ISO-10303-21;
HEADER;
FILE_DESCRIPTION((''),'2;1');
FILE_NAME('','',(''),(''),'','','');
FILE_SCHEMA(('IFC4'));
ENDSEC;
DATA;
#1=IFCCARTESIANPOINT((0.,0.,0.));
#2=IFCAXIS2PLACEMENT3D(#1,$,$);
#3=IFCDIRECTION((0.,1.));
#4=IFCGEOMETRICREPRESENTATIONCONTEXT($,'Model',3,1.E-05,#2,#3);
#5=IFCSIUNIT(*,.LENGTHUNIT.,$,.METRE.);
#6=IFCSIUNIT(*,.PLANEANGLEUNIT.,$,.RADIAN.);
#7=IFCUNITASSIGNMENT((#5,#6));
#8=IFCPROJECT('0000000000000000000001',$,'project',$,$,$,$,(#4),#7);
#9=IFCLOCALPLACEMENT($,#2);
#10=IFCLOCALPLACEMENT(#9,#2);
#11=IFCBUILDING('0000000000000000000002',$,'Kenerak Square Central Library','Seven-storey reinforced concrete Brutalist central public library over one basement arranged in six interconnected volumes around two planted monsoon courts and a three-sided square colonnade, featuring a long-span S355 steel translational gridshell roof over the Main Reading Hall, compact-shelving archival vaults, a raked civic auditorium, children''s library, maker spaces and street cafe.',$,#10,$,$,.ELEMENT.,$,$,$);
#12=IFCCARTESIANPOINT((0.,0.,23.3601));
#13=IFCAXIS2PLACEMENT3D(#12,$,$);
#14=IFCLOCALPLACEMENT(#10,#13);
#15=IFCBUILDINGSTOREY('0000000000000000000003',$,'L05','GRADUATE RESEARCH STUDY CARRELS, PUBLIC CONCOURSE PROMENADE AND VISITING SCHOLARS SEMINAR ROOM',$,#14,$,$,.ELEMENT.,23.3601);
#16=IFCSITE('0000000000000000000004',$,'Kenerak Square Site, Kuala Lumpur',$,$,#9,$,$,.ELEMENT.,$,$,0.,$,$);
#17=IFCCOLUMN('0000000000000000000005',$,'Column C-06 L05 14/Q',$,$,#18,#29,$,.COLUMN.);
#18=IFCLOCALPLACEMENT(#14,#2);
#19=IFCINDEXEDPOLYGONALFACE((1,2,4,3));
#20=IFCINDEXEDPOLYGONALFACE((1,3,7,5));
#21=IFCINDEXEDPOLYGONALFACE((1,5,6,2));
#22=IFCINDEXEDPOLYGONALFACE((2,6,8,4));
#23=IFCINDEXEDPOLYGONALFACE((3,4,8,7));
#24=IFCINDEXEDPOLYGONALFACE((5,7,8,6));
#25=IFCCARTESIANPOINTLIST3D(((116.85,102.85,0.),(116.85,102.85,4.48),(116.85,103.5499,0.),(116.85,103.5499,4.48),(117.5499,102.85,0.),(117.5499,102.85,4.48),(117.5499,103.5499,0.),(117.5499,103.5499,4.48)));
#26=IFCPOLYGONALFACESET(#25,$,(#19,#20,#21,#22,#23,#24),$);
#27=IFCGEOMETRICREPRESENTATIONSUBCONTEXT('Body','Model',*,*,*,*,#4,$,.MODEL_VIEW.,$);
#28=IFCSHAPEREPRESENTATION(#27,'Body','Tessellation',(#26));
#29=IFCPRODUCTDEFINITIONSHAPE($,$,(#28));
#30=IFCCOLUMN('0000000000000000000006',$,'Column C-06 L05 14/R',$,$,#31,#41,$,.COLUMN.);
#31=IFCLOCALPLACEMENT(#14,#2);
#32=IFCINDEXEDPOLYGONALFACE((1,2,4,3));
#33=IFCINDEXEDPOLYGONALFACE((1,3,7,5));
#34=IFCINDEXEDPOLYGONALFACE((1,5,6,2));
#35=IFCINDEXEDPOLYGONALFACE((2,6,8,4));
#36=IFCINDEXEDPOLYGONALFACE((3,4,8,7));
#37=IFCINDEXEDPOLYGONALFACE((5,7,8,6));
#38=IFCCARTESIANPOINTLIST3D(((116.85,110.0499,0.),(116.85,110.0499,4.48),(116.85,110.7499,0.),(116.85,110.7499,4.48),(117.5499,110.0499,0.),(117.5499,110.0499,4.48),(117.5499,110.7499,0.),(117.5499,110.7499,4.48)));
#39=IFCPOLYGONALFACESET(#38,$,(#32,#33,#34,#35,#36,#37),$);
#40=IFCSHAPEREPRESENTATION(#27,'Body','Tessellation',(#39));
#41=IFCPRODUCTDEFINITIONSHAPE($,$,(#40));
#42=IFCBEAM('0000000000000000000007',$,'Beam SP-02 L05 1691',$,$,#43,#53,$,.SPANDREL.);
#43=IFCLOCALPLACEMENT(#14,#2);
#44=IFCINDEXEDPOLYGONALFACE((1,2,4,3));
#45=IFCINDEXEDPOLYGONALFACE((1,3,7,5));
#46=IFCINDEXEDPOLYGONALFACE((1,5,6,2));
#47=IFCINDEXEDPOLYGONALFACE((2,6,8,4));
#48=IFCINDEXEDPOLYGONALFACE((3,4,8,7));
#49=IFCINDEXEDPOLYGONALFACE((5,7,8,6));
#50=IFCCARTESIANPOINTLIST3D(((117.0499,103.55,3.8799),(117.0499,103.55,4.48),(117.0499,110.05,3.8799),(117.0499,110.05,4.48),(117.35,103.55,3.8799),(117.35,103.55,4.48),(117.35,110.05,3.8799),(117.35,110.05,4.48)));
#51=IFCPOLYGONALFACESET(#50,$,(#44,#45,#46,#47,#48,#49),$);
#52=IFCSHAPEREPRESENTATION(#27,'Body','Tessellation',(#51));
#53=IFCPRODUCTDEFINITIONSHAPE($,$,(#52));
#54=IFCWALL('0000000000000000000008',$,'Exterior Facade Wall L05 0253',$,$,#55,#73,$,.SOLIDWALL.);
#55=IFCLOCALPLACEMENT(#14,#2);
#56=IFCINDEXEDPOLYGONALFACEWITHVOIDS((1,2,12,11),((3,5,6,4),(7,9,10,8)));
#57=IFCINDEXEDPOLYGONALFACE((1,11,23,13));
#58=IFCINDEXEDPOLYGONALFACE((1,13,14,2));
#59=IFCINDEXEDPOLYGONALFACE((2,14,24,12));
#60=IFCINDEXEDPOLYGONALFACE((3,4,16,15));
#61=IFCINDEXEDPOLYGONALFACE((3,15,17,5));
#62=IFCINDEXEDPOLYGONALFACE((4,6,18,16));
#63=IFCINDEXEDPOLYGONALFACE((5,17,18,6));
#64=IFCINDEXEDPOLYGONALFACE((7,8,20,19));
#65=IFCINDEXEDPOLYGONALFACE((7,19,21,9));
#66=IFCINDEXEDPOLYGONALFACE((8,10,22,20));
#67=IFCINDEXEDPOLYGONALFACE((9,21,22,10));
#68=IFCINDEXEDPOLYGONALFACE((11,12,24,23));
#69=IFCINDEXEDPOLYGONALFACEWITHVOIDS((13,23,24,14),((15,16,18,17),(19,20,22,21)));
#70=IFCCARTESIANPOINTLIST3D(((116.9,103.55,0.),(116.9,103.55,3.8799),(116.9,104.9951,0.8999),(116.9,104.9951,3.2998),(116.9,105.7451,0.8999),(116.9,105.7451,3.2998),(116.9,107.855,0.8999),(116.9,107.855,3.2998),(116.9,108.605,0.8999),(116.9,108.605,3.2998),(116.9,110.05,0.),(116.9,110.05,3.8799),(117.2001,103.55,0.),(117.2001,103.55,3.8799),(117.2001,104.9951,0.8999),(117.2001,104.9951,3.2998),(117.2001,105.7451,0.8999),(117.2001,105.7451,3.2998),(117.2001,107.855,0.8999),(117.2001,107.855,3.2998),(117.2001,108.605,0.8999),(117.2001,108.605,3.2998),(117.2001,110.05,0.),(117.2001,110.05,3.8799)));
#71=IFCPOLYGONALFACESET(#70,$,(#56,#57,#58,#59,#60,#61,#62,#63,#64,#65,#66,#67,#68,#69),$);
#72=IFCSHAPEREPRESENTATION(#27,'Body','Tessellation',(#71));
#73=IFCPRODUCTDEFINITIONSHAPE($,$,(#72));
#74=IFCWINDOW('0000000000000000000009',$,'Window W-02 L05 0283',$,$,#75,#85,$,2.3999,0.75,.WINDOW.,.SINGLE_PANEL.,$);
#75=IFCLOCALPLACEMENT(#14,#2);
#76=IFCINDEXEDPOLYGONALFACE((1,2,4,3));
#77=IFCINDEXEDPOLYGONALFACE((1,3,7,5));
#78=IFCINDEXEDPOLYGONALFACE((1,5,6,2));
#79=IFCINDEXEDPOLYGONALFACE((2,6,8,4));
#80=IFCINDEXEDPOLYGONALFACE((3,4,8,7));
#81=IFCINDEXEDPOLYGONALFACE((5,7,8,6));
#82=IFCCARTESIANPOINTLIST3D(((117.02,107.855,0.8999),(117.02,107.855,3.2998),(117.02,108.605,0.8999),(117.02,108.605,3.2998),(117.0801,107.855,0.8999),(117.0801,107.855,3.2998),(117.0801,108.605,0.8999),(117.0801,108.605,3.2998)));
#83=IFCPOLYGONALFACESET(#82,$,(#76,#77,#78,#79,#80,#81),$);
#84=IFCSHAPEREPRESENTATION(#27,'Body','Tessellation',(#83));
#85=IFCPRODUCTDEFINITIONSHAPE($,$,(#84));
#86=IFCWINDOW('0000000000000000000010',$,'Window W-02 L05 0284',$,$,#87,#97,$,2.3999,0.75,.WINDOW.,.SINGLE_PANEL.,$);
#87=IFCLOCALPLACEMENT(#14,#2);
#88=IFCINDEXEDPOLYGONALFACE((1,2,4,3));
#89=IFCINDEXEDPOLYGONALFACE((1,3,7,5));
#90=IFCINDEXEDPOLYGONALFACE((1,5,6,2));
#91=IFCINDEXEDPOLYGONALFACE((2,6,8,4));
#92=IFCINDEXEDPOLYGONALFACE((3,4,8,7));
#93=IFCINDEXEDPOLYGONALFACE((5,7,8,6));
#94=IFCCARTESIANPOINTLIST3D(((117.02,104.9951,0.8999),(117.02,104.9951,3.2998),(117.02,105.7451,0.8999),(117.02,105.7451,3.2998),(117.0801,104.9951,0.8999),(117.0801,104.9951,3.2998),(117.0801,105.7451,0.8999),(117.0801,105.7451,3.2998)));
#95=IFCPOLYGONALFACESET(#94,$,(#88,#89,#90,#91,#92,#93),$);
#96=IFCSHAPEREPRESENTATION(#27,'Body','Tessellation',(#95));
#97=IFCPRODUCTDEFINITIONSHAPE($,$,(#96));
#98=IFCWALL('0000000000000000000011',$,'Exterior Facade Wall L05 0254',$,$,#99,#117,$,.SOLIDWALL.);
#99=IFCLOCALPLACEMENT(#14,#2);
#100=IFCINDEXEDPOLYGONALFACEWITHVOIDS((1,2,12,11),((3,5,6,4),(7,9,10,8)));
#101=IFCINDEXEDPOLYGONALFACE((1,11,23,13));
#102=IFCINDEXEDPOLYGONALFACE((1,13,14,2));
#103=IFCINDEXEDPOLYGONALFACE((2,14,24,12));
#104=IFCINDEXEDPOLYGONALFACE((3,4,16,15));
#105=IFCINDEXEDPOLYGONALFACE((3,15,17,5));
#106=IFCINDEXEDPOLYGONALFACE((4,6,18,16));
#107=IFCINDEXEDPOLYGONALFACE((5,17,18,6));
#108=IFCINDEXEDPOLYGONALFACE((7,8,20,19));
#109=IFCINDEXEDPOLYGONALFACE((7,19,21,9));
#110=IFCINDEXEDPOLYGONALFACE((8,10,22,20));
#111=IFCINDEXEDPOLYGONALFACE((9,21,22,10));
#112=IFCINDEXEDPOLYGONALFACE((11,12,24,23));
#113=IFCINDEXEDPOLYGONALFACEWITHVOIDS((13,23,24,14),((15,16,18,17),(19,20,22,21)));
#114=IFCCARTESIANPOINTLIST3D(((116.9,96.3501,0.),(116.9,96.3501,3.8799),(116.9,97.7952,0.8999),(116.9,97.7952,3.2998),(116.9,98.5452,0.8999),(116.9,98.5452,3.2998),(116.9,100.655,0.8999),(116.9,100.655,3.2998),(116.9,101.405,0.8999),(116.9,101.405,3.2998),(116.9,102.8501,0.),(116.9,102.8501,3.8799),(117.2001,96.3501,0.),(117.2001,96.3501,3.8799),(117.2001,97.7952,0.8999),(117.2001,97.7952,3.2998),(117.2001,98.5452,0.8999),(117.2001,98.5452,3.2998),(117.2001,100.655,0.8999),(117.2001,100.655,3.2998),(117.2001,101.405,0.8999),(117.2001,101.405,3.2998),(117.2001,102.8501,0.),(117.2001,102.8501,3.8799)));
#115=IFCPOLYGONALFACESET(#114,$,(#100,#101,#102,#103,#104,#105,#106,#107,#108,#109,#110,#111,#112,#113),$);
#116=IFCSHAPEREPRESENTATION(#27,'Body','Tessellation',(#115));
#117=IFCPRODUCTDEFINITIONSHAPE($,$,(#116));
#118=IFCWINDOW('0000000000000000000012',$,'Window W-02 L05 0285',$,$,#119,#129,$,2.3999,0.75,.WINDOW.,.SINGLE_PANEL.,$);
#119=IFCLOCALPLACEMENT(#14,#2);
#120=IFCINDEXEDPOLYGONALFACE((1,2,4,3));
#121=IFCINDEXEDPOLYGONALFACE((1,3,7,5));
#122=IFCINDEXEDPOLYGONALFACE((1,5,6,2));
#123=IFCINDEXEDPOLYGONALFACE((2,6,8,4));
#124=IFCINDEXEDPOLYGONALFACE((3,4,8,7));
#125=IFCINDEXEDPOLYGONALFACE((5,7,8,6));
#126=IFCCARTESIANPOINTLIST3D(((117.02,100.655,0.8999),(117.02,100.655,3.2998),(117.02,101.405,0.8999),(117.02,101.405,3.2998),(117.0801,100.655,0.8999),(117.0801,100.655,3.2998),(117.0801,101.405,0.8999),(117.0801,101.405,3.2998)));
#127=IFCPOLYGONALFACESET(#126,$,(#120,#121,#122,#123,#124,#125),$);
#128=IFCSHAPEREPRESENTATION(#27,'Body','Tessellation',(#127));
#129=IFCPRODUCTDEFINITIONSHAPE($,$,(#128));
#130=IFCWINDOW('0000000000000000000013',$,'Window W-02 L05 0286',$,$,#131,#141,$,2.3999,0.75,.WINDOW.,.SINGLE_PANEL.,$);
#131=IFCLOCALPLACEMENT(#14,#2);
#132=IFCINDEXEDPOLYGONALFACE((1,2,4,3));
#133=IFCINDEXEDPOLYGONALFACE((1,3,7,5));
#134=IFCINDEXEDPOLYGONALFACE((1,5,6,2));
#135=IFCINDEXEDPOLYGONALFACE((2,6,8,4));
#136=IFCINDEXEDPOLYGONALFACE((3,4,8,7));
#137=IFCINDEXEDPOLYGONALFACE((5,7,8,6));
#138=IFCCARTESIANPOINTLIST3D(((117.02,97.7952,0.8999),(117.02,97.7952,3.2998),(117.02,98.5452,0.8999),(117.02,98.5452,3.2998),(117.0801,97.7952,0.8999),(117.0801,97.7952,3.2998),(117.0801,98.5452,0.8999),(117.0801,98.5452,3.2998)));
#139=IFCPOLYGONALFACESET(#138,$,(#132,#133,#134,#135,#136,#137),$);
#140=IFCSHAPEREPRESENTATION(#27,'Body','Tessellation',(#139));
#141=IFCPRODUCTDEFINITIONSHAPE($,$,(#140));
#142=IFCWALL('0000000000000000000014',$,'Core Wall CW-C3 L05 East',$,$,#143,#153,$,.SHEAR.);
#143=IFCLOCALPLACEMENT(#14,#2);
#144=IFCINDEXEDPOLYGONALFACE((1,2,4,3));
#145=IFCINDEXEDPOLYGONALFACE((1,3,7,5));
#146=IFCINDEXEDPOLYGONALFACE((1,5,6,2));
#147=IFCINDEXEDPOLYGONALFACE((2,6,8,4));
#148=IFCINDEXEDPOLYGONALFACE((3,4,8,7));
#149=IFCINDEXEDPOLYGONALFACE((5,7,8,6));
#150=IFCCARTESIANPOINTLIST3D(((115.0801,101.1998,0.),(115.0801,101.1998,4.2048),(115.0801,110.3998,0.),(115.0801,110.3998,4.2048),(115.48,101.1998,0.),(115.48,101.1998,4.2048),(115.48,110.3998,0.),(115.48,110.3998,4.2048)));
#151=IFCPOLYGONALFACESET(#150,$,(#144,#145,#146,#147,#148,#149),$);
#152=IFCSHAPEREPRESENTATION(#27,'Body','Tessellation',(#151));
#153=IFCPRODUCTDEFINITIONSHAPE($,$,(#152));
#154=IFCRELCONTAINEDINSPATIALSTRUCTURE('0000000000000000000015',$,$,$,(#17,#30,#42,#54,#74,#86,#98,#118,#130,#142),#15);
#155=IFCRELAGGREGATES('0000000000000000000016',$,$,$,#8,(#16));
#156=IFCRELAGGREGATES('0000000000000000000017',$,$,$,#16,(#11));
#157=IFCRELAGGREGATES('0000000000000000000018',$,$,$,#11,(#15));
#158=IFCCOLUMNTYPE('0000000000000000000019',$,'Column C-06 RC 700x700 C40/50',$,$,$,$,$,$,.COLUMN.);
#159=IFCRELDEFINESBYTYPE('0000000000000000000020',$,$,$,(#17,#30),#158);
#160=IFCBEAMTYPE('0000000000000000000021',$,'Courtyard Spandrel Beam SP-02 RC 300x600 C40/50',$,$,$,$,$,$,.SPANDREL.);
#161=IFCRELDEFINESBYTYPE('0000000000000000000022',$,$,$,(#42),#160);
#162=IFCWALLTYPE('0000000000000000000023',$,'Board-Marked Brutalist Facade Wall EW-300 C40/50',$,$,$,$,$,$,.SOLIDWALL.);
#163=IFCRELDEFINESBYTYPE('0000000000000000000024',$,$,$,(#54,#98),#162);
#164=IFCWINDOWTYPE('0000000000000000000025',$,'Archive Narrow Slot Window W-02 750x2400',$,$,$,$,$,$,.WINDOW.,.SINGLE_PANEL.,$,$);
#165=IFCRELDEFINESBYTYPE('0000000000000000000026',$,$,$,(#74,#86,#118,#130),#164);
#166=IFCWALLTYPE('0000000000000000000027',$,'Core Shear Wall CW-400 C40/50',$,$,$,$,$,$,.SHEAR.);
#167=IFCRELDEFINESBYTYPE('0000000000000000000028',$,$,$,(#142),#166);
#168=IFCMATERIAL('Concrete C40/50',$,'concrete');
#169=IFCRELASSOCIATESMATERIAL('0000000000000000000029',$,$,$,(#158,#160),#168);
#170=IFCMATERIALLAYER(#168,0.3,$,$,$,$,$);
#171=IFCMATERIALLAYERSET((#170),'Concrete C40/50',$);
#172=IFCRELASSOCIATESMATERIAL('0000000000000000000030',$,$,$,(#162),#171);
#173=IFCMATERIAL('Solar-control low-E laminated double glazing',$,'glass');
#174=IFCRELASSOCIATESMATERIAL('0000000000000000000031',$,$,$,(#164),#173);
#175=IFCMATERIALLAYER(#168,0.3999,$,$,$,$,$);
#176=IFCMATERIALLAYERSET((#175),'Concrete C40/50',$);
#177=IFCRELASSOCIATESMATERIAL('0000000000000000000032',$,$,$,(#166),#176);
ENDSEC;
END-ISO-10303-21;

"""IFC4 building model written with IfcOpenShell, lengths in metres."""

from ifc_helpers import new_model, si_unit, direction, frame, frame_2d, origin, origin_2d, place, context, subcontext, project, spatial, rectangle, extrude, material, layer, layer_set, material_profile, profile_set, type_object, element, fill, save


model = new_model("IFC4")

# Units and contexts
model_context = context("Model", 3, precision=1e-05, world=origin(), true_north=direction((0.0, 1.0)))
body_context = subcontext(model_context, "Body", "Model", "MODEL_VIEW")
ifc_project = project(units=[si_unit("LENGTHUNIT", "METRE"), si_unit("PLANEANGLEUNIT", "RADIAN")], contexts=[model_context])

# Site, building, storey
site_placement = place(None, origin())
site = spatial("IfcSite", under=ifc_project, at=site_placement, Name="Kenerak Square Site, Kuala Lumpur", CompositionType="ELEMENT", RefElevation=0.0)
building_placement = place(site_placement, origin())
building = spatial("IfcBuilding", under=site, at=building_placement, Name="Kenerak Square Central Library", Description="Seven-storey reinforced concrete Brutalist central public library over one basement arranged in six interconnected volumes around two planted monsoon courts and a three-sided square colonnade, featuring a long-span S355 steel translational gridshell roof over the Main Reading Hall, compact-shelving archival vaults, a raked civic auditorium, children's library, maker spaces and street cafe.", CompositionType="ELEMENT")
storey_placement = place(building_placement, frame((0.0, 0.0, 23.3601)))
storey = spatial("IfcBuildingStorey", under=building, at=storey_placement, Name="L05", Description="GRADUATE RESEARCH STUDY CARRELS, PUBLIC CONCOURSE PROMENADE AND VISITING SCHOLARS SEMINAR ROOM", CompositionType="ELEMENT", Elevation=23.3601)

# Columns
ifc_material_1 = material(Name="Concrete C40/50", Category="concrete")
ifc_material_profile_1 = material_profile(ifc_material_1, rectangle(XDim=0.7, YDim=0.7, at=origin_2d()), Name="RC 700x700")
ifc_profile_set_1 = profile_set([ifc_material_profile_1], Name="Concrete C40/50")
column_type = type_object("IfcColumnType", Name="Column C-06 RC 700x700 C40/50", PredefinedType="COLUMN", material=ifc_profile_set_1)
for number, where, z_axis, x_axis, name in (
    (1, (117.2, 103.2, 0.0), (0.0, 0.0, 1.0), (1.0, 0.0, 0.0), "Column C-06 L05 14/Q"),
    (2, (117.2, 110.3999, 0.0), (0.0, 0.0, 1.0), (1.0, 0.0, 0.0), "Column C-06 L05 14/R"),
):
    element("IfcColumn", number, at=place(storey_placement, frame(where, z_axis=z_axis, x_axis=x_axis)), inside=storey, type_object=column_type, Name=name, PredefinedType="COLUMN", context=body_context, shape_type="SweptSolid", body=[
        extrude(rectangle(XDim=0.7, YDim=0.7, at=origin_2d()), origin(), (0.0, 0.0, 1.0), 4.48),
    ])

# Beam
ifc_material_profile_2 = material_profile(ifc_material_1, rectangle(XDim=0.3, YDim=0.6001, at=origin_2d()), Name="RC 300x600")
ifc_profile_set_2 = profile_set([ifc_material_profile_2], Name="Concrete C40/50")
beam_type = type_object("IfcBeamType", Name="Courtyard Spandrel Beam SP-02 RC 300x600 C40/50", PredefinedType="SPANDREL", material=ifc_profile_set_2)
beam_placement = place(storey_placement, frame((117.2, 103.55, 4.1799), z_axis=(0.0, 1.0, 0.0), x_axis=(-1.0, 0.0, 0.0)))
element("IfcBeam", 3, at=beam_placement, inside=storey, type_object=beam_type, Name="Beam SP-02 L05 1691", PredefinedType="SPANDREL", context=body_context, shape_type="SweptSolid", body=[
    extrude(rectangle(XDim=0.3, YDim=0.6001, at=origin_2d()), origin(), (0.0, 0.0, 1.0), 6.5),
])

# Walls, openings, windows
ifc_layer_1 = layer(ifc_material_1, 0.3)
ifc_layer_set_1 = layer_set([ifc_layer_1], Name="Concrete C40/50")
wall_type_1 = type_object("IfcWallType", Name="Board-Marked Brutalist Facade Wall EW-300 C40/50", PredefinedType="SOLIDWALL", material=ifc_layer_set_1)
wall_1_placement = place(storey_placement, frame((117.05, 110.05, 0.0), z_axis=(0.0, 0.0, 1.0), x_axis=(0.0, -1.0, 0.0)))
wall_1 = element("IfcWall", 4, at=wall_1_placement, inside=storey, type_object=wall_type_1, Name="Exterior Facade Wall L05 0253", PredefinedType="SOLIDWALL", context=body_context, shape_type="SweptSolid", body=[
    extrude(rectangle(XDim=6.5, YDim=0.3, at=frame_2d((3.25, 0.0))), origin(), (0.0, 0.0, 1.0), 3.8799),
])
opening_1_placement = place(wall_1_placement, frame((1.4451, 0.0, 0.8999)))
opening_1 = element("IfcOpeningElement", 5, at=opening_1_placement, cuts=wall_1, PredefinedType="OPENING", context=body_context, shape_type="SweptSolid", body=[
    extrude(rectangle(XDim=0.75, YDim=2.3999, at=frame_2d((0.375, 1.2))), frame((0.0, 0.1599, 0.0), z_axis=(0.0, -1.0, 0.0), x_axis=(1.0, 0.0, 0.0)), (0.0, 0.0, 1.0), 0.3201),
])
opening_2_placement = place(wall_1_placement, frame((4.3049, 0.0, 0.8999)))
opening_2 = element("IfcOpeningElement", 6, at=opening_2_placement, cuts=wall_1, PredefinedType="OPENING", context=body_context, shape_type="SweptSolid", body=[
    extrude(rectangle(XDim=0.75, YDim=2.3999, at=frame_2d((0.375, 1.2))), frame((0.0, 0.1599, 0.0), z_axis=(0.0, -1.0, 0.0), x_axis=(1.0, 0.0, 0.0)), (0.0, 0.0, 1.0), 0.3201),
])
ifc_material_2 = material(Name="Solar-control low-E laminated double glazing", Category="glass")
window_type = type_object("IfcWindowType", Name="Archive Narrow Slot Window W-02 750x2400", PartitioningType="SINGLE_PANEL", PredefinedType="WINDOW", material=ifc_material_2)
window_1_placement = place(opening_1_placement, origin())
window_1 = element("IfcWindow", 7, at=window_1_placement, inside=storey, type_object=window_type, Name="Window W-02 L05 0283", OverallHeight=2.3999, OverallWidth=0.75, PartitioningType="SINGLE_PANEL", PredefinedType="WINDOW", context=body_context, shape_type="SweptSolid", body=[
    extrude(rectangle(XDim=0.75, YDim=2.3999, at=frame_2d((0.375, 1.2))), frame((0.0, 0.03, 0.0), z_axis=(0.0, -1.0, 0.0), x_axis=(1.0, 0.0, 0.0)), (0.0, 0.0, 1.0), 0.0601),
])
fill(opening_1, window_1)
window_2_placement = place(opening_2_placement, origin())
window_2 = element("IfcWindow", 8, at=window_2_placement, inside=storey, type_object=window_type, Name="Window W-02 L05 0284", OverallHeight=2.3999, OverallWidth=0.75, PartitioningType="SINGLE_PANEL", PredefinedType="WINDOW", context=body_context, shape_type="SweptSolid", body=[
    extrude(rectangle(XDim=0.75, YDim=2.3999, at=frame_2d((0.375, 1.2))), frame((0.0, 0.03, 0.0), z_axis=(0.0, -1.0, 0.0), x_axis=(1.0, 0.0, 0.0)), (0.0, 0.0, 1.0), 0.0601),
])
fill(opening_2, window_2)
wall_2_placement = place(storey_placement, frame((117.05, 102.8501, 0.0), z_axis=(0.0, 0.0, 1.0), x_axis=(0.0, -1.0, 0.0)))
wall_2 = element("IfcWall", 9, at=wall_2_placement, inside=storey, type_object=wall_type_1, Name="Exterior Facade Wall L05 0254", PredefinedType="SOLIDWALL", context=body_context, shape_type="SweptSolid", body=[
    extrude(rectangle(XDim=6.5, YDim=0.3, at=frame_2d((3.25, 0.0))), origin(), (0.0, 0.0, 1.0), 3.8799),
])
opening_3_placement = place(wall_2_placement, frame((1.4451, 0.0, 0.8999)))
opening_3 = element("IfcOpeningElement", 10, at=opening_3_placement, cuts=wall_2, PredefinedType="OPENING", context=body_context, shape_type="SweptSolid", body=[
    extrude(rectangle(XDim=0.75, YDim=2.3999, at=frame_2d((0.375, 1.2))), frame((0.0, 0.1599, 0.0), z_axis=(0.0, -1.0, 0.0), x_axis=(1.0, 0.0, 0.0)), (0.0, 0.0, 1.0), 0.3201),
])
opening_4_placement = place(wall_2_placement, frame((4.3049, 0.0, 0.8999)))
opening_4 = element("IfcOpeningElement", 11, at=opening_4_placement, cuts=wall_2, PredefinedType="OPENING", context=body_context, shape_type="SweptSolid", body=[
    extrude(rectangle(XDim=0.75, YDim=2.3999, at=frame_2d((0.375, 1.2))), frame((0.0, 0.1599, 0.0), z_axis=(0.0, -1.0, 0.0), x_axis=(1.0, 0.0, 0.0)), (0.0, 0.0, 1.0), 0.3201),
])
window_3_placement = place(opening_3_placement, origin())
window_3 = element("IfcWindow", 12, at=window_3_placement, inside=storey, type_object=window_type, Name="Window W-02 L05 0285", OverallHeight=2.3999, OverallWidth=0.75, PartitioningType="SINGLE_PANEL", PredefinedType="WINDOW", context=body_context, shape_type="SweptSolid", body=[
    extrude(rectangle(XDim=0.75, YDim=2.3999, at=frame_2d((0.375, 1.2))), frame((0.0, 0.03, 0.0), z_axis=(0.0, -1.0, 0.0), x_axis=(1.0, 0.0, 0.0)), (0.0, 0.0, 1.0), 0.0601),
])
fill(opening_3, window_3)
window_4_placement = place(opening_4_placement, origin())
window_4 = element("IfcWindow", 13, at=window_4_placement, inside=storey, type_object=window_type, Name="Window W-02 L05 0286", OverallHeight=2.3999, OverallWidth=0.75, PartitioningType="SINGLE_PANEL", PredefinedType="WINDOW", context=body_context, shape_type="SweptSolid", body=[
    extrude(rectangle(XDim=0.75, YDim=2.3999, at=frame_2d((0.375, 1.2))), frame((0.0, 0.03, 0.0), z_axis=(0.0, -1.0, 0.0), x_axis=(1.0, 0.0, 0.0)), (0.0, 0.0, 1.0), 0.0601),
])
fill(opening_4, window_4)

# Wall
ifc_layer_2 = layer(ifc_material_1, 0.3999)
ifc_layer_set_2 = layer_set([ifc_layer_2], Name="Concrete C40/50")
wall_type_2 = type_object("IfcWallType", Name="Core Shear Wall CW-400 C40/50", PredefinedType="SHEAR", material=ifc_layer_set_2)
wall_3_placement = place(storey_placement, frame((115.28, 110.3999, 0.0), z_axis=(0.0, 0.0, 1.0), x_axis=(0.0, -1.0, 0.0)))
element("IfcWall", 14, at=wall_3_placement, inside=storey, type_object=wall_type_2, Name="Core Wall CW-C3 L05 East", PredefinedType="SHEAR", context=body_context, shape_type="SweptSolid", body=[
    extrude(rectangle(XDim=9.2, YDim=0.3999, at=frame_2d((4.6001, 0.0))), origin(), (0.0, 0.0, 1.0), 4.2048),
])

save(model, "model.ifc")
